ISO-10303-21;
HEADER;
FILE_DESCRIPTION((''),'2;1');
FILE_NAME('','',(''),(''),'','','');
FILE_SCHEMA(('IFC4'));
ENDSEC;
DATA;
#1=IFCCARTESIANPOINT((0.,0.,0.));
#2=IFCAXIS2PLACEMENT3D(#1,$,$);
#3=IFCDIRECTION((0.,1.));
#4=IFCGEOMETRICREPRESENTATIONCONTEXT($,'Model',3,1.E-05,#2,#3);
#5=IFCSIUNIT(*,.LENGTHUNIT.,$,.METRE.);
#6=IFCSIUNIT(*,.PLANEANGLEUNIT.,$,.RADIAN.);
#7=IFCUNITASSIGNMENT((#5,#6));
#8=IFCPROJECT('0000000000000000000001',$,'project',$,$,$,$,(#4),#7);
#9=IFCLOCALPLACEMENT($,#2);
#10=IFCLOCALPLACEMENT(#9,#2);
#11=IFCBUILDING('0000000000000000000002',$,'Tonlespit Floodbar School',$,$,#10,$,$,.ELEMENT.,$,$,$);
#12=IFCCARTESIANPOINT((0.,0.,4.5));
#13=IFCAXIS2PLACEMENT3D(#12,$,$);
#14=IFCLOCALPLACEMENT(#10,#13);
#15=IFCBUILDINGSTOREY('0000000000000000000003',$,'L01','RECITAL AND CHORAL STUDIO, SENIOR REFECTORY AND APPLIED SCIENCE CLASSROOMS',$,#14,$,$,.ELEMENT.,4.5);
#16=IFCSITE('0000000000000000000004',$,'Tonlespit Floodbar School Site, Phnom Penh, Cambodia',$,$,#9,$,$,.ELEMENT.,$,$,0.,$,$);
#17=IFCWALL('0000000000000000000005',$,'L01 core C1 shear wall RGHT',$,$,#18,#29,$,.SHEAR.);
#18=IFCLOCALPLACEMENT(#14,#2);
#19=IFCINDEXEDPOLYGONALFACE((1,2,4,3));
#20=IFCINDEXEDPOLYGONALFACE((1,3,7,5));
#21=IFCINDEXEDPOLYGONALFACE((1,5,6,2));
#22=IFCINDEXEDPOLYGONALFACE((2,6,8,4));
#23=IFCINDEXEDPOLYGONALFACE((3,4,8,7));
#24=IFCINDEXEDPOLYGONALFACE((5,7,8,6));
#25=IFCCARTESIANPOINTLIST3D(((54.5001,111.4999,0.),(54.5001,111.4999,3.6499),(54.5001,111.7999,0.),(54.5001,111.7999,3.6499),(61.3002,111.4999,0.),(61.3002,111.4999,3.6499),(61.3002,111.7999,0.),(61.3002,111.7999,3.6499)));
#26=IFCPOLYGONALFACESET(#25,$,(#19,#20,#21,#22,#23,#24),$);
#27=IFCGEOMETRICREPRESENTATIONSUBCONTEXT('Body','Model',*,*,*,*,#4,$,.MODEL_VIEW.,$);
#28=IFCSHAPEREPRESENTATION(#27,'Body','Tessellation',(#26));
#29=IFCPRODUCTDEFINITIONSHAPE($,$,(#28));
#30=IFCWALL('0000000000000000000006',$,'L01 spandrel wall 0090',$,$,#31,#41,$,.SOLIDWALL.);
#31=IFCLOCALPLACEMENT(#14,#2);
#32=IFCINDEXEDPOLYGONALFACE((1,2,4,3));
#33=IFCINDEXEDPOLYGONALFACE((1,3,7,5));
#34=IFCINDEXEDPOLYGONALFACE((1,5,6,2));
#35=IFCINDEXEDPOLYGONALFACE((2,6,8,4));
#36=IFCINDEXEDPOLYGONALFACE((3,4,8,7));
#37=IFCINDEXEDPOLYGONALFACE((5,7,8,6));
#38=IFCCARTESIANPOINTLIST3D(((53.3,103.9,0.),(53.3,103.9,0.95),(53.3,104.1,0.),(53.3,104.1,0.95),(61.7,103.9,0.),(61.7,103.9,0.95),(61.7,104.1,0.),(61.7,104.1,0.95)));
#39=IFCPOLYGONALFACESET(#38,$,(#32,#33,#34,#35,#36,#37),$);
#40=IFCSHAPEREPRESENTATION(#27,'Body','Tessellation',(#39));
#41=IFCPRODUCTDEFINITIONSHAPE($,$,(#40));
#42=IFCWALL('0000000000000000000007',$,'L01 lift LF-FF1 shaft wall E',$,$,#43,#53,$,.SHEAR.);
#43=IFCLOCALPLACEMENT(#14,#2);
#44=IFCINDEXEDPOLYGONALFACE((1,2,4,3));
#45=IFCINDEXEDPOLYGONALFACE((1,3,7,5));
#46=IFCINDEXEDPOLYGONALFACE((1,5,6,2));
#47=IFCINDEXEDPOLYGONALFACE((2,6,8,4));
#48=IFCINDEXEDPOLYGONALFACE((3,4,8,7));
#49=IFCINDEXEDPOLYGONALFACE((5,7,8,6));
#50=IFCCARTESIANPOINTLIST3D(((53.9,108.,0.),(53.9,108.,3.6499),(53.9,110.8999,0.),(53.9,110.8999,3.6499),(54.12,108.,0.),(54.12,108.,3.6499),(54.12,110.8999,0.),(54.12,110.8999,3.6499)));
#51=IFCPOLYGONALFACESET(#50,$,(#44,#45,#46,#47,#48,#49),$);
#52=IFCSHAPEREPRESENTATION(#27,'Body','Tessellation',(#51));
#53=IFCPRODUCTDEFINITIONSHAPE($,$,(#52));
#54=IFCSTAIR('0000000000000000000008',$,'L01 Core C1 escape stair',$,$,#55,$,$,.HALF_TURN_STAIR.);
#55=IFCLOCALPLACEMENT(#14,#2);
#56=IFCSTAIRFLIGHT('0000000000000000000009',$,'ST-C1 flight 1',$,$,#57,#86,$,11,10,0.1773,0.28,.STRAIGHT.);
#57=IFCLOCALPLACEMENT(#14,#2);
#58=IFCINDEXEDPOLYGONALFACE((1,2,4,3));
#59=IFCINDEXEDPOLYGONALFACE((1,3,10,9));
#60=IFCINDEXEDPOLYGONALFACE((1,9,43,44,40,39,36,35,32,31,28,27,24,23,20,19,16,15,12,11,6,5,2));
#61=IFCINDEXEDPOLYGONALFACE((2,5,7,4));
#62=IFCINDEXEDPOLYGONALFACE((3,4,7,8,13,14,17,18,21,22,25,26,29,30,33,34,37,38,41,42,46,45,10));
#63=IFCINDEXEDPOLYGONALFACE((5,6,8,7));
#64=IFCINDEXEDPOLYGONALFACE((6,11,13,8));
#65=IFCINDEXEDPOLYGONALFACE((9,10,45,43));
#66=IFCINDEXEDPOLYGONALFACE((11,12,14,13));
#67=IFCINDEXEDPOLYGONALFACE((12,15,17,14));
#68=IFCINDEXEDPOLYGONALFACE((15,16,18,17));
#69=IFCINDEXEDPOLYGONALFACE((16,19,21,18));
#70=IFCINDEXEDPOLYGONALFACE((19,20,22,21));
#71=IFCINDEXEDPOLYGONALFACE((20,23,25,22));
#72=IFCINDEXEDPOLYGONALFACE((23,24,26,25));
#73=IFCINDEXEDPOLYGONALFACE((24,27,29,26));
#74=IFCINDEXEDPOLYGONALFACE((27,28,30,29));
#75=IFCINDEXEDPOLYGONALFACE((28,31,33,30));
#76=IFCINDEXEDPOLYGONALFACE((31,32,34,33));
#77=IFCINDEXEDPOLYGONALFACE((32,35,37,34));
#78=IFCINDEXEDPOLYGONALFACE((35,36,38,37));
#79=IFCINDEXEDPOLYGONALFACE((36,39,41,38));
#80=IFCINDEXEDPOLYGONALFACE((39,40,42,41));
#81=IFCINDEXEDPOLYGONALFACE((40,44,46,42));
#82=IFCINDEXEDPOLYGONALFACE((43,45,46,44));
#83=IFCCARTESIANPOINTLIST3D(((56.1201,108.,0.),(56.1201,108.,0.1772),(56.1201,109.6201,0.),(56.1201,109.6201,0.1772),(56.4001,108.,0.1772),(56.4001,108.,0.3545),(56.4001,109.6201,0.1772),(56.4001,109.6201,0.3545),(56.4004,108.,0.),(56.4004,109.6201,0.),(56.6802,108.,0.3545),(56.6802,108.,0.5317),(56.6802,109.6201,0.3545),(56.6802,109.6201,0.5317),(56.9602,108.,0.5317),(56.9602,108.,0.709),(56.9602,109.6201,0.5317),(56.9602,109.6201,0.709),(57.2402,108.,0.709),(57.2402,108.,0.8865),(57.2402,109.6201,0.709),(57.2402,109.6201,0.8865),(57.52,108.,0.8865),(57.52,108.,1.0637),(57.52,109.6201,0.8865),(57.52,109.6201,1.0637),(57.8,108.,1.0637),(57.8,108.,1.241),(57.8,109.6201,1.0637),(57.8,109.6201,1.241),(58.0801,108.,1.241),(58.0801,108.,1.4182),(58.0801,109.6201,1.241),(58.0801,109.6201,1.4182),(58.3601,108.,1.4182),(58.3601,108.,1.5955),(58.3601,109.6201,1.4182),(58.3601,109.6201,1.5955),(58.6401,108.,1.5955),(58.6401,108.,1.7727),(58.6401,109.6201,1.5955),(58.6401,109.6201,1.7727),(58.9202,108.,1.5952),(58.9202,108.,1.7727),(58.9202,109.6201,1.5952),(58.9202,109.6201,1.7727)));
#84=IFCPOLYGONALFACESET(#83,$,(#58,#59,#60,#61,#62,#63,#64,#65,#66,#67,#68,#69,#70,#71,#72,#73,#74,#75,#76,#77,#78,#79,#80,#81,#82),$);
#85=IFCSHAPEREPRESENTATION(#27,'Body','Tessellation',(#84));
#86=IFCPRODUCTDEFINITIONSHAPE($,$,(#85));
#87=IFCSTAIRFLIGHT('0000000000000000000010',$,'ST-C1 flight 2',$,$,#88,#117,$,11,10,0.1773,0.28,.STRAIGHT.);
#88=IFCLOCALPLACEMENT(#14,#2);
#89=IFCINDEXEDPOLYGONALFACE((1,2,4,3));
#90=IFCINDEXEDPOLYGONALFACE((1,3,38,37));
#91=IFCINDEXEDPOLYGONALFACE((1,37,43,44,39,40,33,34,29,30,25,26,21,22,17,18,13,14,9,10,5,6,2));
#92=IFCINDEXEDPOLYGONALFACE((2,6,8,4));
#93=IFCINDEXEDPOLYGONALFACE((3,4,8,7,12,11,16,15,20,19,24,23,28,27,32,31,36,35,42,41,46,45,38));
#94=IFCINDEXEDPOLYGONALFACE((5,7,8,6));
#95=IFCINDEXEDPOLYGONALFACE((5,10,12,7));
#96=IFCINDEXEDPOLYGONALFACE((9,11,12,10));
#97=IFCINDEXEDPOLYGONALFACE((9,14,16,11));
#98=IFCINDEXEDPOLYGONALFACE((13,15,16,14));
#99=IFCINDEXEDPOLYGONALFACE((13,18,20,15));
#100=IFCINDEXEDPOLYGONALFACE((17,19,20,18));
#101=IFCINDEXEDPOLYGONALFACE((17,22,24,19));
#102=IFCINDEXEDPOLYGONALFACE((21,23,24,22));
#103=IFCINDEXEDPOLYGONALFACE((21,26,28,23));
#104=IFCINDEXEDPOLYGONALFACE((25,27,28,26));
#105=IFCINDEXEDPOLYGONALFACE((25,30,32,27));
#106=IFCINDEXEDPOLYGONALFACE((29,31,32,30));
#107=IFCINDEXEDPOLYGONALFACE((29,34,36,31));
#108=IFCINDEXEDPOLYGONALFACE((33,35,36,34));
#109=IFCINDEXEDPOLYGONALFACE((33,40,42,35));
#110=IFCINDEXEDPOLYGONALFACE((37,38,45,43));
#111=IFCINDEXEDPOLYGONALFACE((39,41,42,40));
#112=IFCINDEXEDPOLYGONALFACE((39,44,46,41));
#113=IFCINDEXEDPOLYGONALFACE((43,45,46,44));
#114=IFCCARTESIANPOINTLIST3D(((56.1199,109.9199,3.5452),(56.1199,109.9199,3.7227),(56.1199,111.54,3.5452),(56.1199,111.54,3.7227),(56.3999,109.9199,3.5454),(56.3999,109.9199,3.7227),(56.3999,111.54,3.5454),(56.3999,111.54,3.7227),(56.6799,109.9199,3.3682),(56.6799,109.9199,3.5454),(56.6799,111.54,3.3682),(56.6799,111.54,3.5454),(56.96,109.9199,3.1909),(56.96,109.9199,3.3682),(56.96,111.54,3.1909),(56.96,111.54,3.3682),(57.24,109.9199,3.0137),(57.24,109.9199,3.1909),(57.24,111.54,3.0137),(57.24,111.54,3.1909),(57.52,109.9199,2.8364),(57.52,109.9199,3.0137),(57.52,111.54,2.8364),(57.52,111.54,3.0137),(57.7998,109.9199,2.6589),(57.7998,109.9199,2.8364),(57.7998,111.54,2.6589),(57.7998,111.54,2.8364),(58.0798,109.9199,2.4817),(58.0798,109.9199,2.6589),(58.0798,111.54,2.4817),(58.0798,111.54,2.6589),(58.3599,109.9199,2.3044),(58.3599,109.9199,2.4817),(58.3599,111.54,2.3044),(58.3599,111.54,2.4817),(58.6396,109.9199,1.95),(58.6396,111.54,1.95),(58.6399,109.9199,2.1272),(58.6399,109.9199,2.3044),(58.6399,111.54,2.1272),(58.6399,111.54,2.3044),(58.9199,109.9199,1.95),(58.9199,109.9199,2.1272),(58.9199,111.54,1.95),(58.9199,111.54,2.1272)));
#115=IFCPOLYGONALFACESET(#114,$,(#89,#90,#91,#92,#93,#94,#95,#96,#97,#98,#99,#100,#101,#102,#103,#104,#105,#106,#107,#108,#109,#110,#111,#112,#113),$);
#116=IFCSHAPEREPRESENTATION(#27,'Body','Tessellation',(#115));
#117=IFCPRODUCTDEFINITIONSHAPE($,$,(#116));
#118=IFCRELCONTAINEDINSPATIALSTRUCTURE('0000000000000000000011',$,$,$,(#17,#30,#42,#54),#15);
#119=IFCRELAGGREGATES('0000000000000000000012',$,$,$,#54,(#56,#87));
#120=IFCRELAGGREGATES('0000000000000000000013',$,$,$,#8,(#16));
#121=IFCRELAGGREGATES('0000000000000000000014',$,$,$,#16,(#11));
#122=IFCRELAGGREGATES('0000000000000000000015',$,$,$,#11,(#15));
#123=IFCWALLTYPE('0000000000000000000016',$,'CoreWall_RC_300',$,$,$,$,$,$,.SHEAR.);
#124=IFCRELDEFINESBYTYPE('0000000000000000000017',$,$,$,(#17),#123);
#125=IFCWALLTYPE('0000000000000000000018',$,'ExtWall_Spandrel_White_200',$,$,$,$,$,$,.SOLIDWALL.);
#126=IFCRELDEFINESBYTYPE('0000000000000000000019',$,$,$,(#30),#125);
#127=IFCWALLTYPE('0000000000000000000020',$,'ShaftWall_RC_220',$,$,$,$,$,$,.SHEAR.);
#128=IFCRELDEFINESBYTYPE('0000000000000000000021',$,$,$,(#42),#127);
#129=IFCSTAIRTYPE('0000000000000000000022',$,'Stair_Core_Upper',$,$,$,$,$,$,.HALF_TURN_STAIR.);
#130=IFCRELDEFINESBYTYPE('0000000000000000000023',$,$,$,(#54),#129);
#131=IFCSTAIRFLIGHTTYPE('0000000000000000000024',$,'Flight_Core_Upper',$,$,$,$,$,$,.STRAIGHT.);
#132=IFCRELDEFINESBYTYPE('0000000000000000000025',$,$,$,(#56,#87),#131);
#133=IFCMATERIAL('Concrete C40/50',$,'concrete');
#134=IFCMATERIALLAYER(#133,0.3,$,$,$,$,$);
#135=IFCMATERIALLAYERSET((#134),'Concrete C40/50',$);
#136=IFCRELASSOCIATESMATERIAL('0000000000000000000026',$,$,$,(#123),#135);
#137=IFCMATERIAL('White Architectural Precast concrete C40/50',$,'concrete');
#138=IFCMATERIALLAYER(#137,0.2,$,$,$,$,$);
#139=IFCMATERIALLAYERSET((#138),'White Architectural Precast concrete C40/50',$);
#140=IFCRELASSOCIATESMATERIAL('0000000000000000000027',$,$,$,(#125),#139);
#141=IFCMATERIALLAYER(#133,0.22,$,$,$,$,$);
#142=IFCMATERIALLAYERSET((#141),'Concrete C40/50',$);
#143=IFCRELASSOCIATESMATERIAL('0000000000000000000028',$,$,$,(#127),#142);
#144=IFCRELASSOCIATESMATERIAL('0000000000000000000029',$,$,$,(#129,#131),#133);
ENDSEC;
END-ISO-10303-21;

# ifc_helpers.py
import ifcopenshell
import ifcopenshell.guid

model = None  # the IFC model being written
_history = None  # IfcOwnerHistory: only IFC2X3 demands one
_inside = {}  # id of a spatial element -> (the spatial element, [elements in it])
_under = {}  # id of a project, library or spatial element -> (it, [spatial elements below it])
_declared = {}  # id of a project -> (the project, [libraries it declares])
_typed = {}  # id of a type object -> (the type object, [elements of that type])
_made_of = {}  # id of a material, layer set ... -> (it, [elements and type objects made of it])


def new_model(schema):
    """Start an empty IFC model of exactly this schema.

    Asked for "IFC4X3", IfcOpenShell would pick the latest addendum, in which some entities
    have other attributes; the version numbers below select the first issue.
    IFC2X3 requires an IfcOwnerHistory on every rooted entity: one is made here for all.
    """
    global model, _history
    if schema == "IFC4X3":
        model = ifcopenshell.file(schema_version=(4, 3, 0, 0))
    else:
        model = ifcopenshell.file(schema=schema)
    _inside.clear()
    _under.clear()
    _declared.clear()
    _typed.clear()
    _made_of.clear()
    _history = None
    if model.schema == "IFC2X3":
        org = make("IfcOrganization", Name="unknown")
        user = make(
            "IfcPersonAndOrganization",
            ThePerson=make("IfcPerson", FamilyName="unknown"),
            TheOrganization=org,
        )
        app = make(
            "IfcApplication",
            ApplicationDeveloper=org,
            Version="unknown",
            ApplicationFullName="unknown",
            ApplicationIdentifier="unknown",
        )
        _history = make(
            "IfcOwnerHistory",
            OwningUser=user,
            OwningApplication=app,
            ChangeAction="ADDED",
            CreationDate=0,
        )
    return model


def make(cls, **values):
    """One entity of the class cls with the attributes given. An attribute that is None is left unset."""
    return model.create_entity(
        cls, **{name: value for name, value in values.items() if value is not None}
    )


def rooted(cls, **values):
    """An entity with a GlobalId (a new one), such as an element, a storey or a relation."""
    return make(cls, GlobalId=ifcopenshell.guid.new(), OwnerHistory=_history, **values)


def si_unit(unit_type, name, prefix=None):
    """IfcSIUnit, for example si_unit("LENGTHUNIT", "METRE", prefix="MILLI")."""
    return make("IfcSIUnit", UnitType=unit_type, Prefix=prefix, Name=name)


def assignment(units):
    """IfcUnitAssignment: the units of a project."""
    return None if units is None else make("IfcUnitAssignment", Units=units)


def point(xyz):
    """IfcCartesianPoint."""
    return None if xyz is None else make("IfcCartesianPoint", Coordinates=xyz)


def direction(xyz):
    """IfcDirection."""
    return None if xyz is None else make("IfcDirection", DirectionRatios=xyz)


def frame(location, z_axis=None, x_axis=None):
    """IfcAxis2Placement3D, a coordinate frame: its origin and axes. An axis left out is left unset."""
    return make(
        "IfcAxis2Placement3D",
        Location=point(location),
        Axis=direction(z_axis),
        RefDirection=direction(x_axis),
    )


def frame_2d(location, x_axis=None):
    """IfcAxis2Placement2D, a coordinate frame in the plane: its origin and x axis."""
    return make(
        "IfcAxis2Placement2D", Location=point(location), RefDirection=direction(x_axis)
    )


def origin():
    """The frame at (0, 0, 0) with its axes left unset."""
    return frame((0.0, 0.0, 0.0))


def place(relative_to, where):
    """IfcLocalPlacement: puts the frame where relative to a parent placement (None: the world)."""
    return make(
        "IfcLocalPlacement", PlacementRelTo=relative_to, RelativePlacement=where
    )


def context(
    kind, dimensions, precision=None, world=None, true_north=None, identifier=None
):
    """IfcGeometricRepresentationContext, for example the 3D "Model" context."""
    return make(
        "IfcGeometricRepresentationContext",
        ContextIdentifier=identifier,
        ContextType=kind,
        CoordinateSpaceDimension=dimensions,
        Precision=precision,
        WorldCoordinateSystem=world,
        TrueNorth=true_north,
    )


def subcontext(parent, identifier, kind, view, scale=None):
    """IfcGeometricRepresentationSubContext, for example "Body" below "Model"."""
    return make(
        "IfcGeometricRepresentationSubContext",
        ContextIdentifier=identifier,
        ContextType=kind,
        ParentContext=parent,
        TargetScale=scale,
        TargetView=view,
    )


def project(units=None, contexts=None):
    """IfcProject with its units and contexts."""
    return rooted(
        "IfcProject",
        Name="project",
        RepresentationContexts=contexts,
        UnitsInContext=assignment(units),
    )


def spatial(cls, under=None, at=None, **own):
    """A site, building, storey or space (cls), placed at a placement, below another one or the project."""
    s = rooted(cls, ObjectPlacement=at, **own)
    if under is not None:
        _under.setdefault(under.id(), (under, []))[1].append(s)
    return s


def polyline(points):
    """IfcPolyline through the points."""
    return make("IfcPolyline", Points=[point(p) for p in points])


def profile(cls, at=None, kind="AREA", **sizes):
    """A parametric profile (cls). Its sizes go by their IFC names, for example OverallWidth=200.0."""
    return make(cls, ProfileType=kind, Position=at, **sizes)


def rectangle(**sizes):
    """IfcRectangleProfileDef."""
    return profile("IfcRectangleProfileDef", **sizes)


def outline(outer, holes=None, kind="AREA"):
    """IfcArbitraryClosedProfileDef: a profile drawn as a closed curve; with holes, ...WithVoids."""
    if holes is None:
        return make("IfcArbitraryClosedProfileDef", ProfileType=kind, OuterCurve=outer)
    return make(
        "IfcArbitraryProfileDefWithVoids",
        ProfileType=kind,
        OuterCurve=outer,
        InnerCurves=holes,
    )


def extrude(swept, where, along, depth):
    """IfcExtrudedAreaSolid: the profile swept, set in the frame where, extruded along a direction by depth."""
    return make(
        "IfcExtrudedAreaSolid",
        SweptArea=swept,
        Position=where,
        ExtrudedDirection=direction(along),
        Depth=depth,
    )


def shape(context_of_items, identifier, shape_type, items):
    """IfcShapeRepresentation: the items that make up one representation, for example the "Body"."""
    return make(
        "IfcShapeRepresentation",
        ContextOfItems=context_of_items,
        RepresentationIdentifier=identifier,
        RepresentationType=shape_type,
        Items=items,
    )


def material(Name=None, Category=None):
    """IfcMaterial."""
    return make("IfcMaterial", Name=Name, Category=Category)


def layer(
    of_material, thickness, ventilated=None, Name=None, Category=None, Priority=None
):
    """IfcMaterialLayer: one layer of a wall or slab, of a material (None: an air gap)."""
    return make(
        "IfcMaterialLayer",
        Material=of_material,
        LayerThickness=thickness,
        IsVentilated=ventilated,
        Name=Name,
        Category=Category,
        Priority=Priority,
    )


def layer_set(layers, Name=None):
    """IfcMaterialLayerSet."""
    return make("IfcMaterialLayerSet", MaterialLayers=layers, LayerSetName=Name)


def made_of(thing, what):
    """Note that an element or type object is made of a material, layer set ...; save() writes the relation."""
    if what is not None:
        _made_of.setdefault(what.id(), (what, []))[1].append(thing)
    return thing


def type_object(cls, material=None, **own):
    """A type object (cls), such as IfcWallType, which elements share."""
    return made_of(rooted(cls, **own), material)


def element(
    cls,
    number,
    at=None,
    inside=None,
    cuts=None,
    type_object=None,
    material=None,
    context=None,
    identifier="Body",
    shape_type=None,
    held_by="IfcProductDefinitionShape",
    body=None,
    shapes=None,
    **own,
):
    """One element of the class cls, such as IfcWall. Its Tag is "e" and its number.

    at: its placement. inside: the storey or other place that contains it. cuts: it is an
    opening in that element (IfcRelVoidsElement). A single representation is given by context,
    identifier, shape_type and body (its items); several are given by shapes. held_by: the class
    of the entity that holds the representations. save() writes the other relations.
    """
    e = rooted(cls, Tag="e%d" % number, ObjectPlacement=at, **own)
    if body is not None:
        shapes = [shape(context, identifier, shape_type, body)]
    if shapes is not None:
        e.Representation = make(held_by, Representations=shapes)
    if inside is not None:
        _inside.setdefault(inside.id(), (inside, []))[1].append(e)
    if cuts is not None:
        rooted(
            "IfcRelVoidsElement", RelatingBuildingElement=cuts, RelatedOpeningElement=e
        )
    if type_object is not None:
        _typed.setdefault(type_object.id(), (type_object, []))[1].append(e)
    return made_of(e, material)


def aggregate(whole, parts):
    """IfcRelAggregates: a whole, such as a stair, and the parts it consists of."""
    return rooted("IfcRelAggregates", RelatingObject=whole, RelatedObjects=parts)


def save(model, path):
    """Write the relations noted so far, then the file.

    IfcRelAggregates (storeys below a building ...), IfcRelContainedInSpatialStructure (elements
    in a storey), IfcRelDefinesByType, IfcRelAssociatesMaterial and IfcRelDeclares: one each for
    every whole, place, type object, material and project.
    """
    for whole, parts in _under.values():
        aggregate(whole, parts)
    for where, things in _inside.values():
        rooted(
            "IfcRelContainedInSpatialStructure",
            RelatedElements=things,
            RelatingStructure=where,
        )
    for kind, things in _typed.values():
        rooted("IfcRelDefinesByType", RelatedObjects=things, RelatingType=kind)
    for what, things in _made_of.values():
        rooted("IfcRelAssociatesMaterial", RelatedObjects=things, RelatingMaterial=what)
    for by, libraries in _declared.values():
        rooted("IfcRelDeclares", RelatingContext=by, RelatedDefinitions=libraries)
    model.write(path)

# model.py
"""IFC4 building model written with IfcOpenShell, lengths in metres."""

from ifc_helpers import new_model, si_unit, direction, frame, frame_2d, origin, place, context, subcontext, project, spatial, polyline, rectangle, outline, extrude, material, layer, layer_set, type_object, element, aggregate, save


model = new_model("IFC4")

# Units and contexts
model_context = context("Model", 3, precision=1e-05, world=origin(), true_north=direction((0.0, 1.0)))
body_context = subcontext(model_context, "Body", "Model", "MODEL_VIEW")
ifc_project = project(units=[si_unit("LENGTHUNIT", "METRE"), si_unit("PLANEANGLEUNIT", "RADIAN")], contexts=[model_context])

# Site, building, storey
site_placement = place(None, origin())
site = spatial("IfcSite", under=ifc_project, at=site_placement, Name="Tonlespit Floodbar School Site, Phnom Penh, Cambodia", CompositionType="ELEMENT", RefElevation=0.0)
building_placement = place(site_placement, origin())
building = spatial("IfcBuilding", under=site, at=building_placement, Name="Tonlespit Floodbar School", CompositionType="ELEMENT")
storey_placement = place(building_placement, frame((0.0, 0.0, 4.5)))
storey = spatial("IfcBuildingStorey", under=building, at=storey_placement, Name="L01", Description="RECITAL AND CHORAL STUDIO, SENIOR REFECTORY AND APPLIED SCIENCE CLASSROOMS", CompositionType="ELEMENT", Elevation=4.5)

# Shared definitions
ifc_material_1 = material(Name="Concrete C40/50", Category="concrete")

# Shared definitions
ifc_layer_1 = layer(ifc_material_1, 0.3)
ifc_layer_set_1 = layer_set([ifc_layer_1], Name="Concrete C40/50")
wall_type_1 = type_object("IfcWallType", Name="CoreWall_RC_300", PredefinedType="SHEAR", material=ifc_layer_set_1)

# Walls
wall_1_placement = place(storey_placement, frame((61.3, 111.6499, 0.0), z_axis=(0.0, 0.0, 1.0), x_axis=(-1.0, 0.0, 0.0)))
element("IfcWall", 1, at=wall_1_placement, inside=storey, type_object=wall_type_1, Name="L01 core C1 shear wall RGHT", PredefinedType="SHEAR", context=body_context, shape_type="SweptSolid", body=[
    extrude(rectangle(XDim=6.8, YDim=0.3, at=frame_2d((3.3999, 0.0))), origin(), (0.0, 0.0, 1.0), 3.6499),
])
ifc_material_2 = material(Name="White Architectural Precast concrete C40/50", Category="concrete")
ifc_layer_2 = layer(ifc_material_2, 0.2)
ifc_layer_set_2 = layer_set([ifc_layer_2], Name="White Architectural Precast concrete C40/50")
wall_type_2 = type_object("IfcWallType", Name="ExtWall_Spandrel_White_200", PredefinedType="SOLIDWALL", material=ifc_layer_set_2)
wall_2_placement = place(storey_placement, frame((61.7, 104.0, 0.0), z_axis=(0.0, 0.0, 1.0), x_axis=(-1.0, 0.0, 0.0)))
element("IfcWall", 2, at=wall_2_placement, inside=storey, type_object=wall_type_2, Name="L01 spandrel wall 0090", PredefinedType="SOLIDWALL", context=body_context, shape_type="SweptSolid", body=[
    extrude(rectangle(XDim=8.3999, YDim=0.2, at=frame_2d((4.2, 0.0))), origin(), (0.0, 0.0, 1.0), 0.95),
])

# Shared definitions
ifc_layer_3 = layer(ifc_material_1, 0.22)
ifc_layer_set_3 = layer_set([ifc_layer_3], Name="Concrete C40/50")
wall_type_3 = type_object("IfcWallType", Name="ShaftWall_RC_220", PredefinedType="SHEAR", material=ifc_layer_set_3)

# Wall
wall_3_placement = place(storey_placement, frame((54.01, 110.8999, 0.0), z_axis=(0.0, 0.0, 1.0), x_axis=(0.0, -1.0, 0.0)))
element("IfcWall", 3, at=wall_3_placement, inside=storey, type_object=wall_type_3, Name="L01 lift LF-FF1 shaft wall E", PredefinedType="SHEAR", context=body_context, shape_type="SweptSolid", body=[
    extrude(rectangle(XDim=2.8999, YDim=0.22, at=frame_2d((1.45, 0.0))), origin(), (0.0, 0.0, 1.0), 3.6499),
])

# Stair, stair flights
stair_type = type_object("IfcStairType", Name="Stair_Core_Upper", PredefinedType="HALF_TURN_STAIR", material=ifc_material_1)
stair_placement = place(storey_placement, origin())
stair = element("IfcStair", 4, at=stair_placement, inside=storey, type_object=stair_type, Name="L01 Core C1 escape stair", PredefinedType="HALF_TURN_STAIR")
stair_flight_type = type_object("IfcStairFlightType", Name="Flight_Core_Upper", PredefinedType="STRAIGHT", material=ifc_material_1)
stair_flight_1_placement = place(storey_placement, frame((56.1201, 108.8101, 0.0), z_axis=(0.0, 0.0, 1.0), x_axis=(1.0, 0.0, 0.0)))
stair_flight_1 = element("IfcStairFlight", 5, at=stair_flight_1_placement, type_object=stair_flight_type, Name="ST-C1 flight 1", NumberOfRisers=11, NumberOfTreads=10, PredefinedType="STRAIGHT", RiserHeight=0.1773, TreadLength=0.28, context=body_context, shape_type="SweptSolid", body=[
    extrude(outline(polyline([(0.0, 0.0), (0.0, 0.1772), (0.28, 0.1772), (0.28, 0.3545), (0.5601, 0.3545), (0.5601, 0.5317), (0.8401, 0.5317), (0.8401, 0.709), (1.1201, 0.709), (1.1201, 0.8865), (1.3999, 0.8865), (1.3999, 1.0637), (1.6799, 1.0637), (1.6799, 1.241), (1.96, 1.241), (1.96, 1.4182), (2.24, 1.4182), (2.24, 1.5955), (2.52, 1.5955), (2.52, 1.7727), (2.8, 1.7727), (2.8, 1.95), (2.8, 1.5952), (0.2803, 0.0), (0.0, 0.0)])), frame((0.0, 0.8101, 0.0), z_axis=(0.0, -1.0, 0.0), x_axis=(1.0, 0.0, 0.0)), (0.0, 0.0, 1.0), 1.6201),
])
stair_flight_2_placement = place(storey_placement, frame((58.9199, 110.73, 1.95), z_axis=(0.0, 0.0, 1.0), x_axis=(-1.0, 0.0, 0.0)))
stair_flight_2 = element("IfcStairFlight", 6, at=stair_flight_2_placement, type_object=stair_flight_type, Name="ST-C1 flight 2", NumberOfRisers=11, NumberOfTreads=10, PredefinedType="STRAIGHT", RiserHeight=0.1773, TreadLength=0.28, context=body_context, shape_type="SweptSolid", body=[
    extrude(outline(polyline([(0.0, 0.0), (0.0, 0.1772), (0.28, 0.1772), (0.28, 0.3545), (0.5601, 0.3545), (0.5601, 0.5317), (0.8401, 0.5317), (0.8401, 0.709), (1.1201, 0.709), (1.1201, 0.8865), (1.3999, 0.8865), (1.3999, 1.0637), (1.6799, 1.0637), (1.6799, 1.241), (1.96, 1.241), (1.96, 1.4182), (2.24, 1.4182), (2.24, 1.5955), (2.52, 1.5955), (2.52, 1.7727), (2.8, 1.7727), (2.8, 1.95), (2.8, 1.5952), (0.2803, 0.0), (0.0, 0.0)])), frame((0.0, 0.8101, 0.0), z_axis=(0.0, -1.0, 0.0), x_axis=(1.0, 0.0, 0.0)), (0.0, 0.0, 1.0), 1.6201),
])
aggregate(stair, [stair_flight_1, stair_flight_2])

save(model, "model.ifc")
